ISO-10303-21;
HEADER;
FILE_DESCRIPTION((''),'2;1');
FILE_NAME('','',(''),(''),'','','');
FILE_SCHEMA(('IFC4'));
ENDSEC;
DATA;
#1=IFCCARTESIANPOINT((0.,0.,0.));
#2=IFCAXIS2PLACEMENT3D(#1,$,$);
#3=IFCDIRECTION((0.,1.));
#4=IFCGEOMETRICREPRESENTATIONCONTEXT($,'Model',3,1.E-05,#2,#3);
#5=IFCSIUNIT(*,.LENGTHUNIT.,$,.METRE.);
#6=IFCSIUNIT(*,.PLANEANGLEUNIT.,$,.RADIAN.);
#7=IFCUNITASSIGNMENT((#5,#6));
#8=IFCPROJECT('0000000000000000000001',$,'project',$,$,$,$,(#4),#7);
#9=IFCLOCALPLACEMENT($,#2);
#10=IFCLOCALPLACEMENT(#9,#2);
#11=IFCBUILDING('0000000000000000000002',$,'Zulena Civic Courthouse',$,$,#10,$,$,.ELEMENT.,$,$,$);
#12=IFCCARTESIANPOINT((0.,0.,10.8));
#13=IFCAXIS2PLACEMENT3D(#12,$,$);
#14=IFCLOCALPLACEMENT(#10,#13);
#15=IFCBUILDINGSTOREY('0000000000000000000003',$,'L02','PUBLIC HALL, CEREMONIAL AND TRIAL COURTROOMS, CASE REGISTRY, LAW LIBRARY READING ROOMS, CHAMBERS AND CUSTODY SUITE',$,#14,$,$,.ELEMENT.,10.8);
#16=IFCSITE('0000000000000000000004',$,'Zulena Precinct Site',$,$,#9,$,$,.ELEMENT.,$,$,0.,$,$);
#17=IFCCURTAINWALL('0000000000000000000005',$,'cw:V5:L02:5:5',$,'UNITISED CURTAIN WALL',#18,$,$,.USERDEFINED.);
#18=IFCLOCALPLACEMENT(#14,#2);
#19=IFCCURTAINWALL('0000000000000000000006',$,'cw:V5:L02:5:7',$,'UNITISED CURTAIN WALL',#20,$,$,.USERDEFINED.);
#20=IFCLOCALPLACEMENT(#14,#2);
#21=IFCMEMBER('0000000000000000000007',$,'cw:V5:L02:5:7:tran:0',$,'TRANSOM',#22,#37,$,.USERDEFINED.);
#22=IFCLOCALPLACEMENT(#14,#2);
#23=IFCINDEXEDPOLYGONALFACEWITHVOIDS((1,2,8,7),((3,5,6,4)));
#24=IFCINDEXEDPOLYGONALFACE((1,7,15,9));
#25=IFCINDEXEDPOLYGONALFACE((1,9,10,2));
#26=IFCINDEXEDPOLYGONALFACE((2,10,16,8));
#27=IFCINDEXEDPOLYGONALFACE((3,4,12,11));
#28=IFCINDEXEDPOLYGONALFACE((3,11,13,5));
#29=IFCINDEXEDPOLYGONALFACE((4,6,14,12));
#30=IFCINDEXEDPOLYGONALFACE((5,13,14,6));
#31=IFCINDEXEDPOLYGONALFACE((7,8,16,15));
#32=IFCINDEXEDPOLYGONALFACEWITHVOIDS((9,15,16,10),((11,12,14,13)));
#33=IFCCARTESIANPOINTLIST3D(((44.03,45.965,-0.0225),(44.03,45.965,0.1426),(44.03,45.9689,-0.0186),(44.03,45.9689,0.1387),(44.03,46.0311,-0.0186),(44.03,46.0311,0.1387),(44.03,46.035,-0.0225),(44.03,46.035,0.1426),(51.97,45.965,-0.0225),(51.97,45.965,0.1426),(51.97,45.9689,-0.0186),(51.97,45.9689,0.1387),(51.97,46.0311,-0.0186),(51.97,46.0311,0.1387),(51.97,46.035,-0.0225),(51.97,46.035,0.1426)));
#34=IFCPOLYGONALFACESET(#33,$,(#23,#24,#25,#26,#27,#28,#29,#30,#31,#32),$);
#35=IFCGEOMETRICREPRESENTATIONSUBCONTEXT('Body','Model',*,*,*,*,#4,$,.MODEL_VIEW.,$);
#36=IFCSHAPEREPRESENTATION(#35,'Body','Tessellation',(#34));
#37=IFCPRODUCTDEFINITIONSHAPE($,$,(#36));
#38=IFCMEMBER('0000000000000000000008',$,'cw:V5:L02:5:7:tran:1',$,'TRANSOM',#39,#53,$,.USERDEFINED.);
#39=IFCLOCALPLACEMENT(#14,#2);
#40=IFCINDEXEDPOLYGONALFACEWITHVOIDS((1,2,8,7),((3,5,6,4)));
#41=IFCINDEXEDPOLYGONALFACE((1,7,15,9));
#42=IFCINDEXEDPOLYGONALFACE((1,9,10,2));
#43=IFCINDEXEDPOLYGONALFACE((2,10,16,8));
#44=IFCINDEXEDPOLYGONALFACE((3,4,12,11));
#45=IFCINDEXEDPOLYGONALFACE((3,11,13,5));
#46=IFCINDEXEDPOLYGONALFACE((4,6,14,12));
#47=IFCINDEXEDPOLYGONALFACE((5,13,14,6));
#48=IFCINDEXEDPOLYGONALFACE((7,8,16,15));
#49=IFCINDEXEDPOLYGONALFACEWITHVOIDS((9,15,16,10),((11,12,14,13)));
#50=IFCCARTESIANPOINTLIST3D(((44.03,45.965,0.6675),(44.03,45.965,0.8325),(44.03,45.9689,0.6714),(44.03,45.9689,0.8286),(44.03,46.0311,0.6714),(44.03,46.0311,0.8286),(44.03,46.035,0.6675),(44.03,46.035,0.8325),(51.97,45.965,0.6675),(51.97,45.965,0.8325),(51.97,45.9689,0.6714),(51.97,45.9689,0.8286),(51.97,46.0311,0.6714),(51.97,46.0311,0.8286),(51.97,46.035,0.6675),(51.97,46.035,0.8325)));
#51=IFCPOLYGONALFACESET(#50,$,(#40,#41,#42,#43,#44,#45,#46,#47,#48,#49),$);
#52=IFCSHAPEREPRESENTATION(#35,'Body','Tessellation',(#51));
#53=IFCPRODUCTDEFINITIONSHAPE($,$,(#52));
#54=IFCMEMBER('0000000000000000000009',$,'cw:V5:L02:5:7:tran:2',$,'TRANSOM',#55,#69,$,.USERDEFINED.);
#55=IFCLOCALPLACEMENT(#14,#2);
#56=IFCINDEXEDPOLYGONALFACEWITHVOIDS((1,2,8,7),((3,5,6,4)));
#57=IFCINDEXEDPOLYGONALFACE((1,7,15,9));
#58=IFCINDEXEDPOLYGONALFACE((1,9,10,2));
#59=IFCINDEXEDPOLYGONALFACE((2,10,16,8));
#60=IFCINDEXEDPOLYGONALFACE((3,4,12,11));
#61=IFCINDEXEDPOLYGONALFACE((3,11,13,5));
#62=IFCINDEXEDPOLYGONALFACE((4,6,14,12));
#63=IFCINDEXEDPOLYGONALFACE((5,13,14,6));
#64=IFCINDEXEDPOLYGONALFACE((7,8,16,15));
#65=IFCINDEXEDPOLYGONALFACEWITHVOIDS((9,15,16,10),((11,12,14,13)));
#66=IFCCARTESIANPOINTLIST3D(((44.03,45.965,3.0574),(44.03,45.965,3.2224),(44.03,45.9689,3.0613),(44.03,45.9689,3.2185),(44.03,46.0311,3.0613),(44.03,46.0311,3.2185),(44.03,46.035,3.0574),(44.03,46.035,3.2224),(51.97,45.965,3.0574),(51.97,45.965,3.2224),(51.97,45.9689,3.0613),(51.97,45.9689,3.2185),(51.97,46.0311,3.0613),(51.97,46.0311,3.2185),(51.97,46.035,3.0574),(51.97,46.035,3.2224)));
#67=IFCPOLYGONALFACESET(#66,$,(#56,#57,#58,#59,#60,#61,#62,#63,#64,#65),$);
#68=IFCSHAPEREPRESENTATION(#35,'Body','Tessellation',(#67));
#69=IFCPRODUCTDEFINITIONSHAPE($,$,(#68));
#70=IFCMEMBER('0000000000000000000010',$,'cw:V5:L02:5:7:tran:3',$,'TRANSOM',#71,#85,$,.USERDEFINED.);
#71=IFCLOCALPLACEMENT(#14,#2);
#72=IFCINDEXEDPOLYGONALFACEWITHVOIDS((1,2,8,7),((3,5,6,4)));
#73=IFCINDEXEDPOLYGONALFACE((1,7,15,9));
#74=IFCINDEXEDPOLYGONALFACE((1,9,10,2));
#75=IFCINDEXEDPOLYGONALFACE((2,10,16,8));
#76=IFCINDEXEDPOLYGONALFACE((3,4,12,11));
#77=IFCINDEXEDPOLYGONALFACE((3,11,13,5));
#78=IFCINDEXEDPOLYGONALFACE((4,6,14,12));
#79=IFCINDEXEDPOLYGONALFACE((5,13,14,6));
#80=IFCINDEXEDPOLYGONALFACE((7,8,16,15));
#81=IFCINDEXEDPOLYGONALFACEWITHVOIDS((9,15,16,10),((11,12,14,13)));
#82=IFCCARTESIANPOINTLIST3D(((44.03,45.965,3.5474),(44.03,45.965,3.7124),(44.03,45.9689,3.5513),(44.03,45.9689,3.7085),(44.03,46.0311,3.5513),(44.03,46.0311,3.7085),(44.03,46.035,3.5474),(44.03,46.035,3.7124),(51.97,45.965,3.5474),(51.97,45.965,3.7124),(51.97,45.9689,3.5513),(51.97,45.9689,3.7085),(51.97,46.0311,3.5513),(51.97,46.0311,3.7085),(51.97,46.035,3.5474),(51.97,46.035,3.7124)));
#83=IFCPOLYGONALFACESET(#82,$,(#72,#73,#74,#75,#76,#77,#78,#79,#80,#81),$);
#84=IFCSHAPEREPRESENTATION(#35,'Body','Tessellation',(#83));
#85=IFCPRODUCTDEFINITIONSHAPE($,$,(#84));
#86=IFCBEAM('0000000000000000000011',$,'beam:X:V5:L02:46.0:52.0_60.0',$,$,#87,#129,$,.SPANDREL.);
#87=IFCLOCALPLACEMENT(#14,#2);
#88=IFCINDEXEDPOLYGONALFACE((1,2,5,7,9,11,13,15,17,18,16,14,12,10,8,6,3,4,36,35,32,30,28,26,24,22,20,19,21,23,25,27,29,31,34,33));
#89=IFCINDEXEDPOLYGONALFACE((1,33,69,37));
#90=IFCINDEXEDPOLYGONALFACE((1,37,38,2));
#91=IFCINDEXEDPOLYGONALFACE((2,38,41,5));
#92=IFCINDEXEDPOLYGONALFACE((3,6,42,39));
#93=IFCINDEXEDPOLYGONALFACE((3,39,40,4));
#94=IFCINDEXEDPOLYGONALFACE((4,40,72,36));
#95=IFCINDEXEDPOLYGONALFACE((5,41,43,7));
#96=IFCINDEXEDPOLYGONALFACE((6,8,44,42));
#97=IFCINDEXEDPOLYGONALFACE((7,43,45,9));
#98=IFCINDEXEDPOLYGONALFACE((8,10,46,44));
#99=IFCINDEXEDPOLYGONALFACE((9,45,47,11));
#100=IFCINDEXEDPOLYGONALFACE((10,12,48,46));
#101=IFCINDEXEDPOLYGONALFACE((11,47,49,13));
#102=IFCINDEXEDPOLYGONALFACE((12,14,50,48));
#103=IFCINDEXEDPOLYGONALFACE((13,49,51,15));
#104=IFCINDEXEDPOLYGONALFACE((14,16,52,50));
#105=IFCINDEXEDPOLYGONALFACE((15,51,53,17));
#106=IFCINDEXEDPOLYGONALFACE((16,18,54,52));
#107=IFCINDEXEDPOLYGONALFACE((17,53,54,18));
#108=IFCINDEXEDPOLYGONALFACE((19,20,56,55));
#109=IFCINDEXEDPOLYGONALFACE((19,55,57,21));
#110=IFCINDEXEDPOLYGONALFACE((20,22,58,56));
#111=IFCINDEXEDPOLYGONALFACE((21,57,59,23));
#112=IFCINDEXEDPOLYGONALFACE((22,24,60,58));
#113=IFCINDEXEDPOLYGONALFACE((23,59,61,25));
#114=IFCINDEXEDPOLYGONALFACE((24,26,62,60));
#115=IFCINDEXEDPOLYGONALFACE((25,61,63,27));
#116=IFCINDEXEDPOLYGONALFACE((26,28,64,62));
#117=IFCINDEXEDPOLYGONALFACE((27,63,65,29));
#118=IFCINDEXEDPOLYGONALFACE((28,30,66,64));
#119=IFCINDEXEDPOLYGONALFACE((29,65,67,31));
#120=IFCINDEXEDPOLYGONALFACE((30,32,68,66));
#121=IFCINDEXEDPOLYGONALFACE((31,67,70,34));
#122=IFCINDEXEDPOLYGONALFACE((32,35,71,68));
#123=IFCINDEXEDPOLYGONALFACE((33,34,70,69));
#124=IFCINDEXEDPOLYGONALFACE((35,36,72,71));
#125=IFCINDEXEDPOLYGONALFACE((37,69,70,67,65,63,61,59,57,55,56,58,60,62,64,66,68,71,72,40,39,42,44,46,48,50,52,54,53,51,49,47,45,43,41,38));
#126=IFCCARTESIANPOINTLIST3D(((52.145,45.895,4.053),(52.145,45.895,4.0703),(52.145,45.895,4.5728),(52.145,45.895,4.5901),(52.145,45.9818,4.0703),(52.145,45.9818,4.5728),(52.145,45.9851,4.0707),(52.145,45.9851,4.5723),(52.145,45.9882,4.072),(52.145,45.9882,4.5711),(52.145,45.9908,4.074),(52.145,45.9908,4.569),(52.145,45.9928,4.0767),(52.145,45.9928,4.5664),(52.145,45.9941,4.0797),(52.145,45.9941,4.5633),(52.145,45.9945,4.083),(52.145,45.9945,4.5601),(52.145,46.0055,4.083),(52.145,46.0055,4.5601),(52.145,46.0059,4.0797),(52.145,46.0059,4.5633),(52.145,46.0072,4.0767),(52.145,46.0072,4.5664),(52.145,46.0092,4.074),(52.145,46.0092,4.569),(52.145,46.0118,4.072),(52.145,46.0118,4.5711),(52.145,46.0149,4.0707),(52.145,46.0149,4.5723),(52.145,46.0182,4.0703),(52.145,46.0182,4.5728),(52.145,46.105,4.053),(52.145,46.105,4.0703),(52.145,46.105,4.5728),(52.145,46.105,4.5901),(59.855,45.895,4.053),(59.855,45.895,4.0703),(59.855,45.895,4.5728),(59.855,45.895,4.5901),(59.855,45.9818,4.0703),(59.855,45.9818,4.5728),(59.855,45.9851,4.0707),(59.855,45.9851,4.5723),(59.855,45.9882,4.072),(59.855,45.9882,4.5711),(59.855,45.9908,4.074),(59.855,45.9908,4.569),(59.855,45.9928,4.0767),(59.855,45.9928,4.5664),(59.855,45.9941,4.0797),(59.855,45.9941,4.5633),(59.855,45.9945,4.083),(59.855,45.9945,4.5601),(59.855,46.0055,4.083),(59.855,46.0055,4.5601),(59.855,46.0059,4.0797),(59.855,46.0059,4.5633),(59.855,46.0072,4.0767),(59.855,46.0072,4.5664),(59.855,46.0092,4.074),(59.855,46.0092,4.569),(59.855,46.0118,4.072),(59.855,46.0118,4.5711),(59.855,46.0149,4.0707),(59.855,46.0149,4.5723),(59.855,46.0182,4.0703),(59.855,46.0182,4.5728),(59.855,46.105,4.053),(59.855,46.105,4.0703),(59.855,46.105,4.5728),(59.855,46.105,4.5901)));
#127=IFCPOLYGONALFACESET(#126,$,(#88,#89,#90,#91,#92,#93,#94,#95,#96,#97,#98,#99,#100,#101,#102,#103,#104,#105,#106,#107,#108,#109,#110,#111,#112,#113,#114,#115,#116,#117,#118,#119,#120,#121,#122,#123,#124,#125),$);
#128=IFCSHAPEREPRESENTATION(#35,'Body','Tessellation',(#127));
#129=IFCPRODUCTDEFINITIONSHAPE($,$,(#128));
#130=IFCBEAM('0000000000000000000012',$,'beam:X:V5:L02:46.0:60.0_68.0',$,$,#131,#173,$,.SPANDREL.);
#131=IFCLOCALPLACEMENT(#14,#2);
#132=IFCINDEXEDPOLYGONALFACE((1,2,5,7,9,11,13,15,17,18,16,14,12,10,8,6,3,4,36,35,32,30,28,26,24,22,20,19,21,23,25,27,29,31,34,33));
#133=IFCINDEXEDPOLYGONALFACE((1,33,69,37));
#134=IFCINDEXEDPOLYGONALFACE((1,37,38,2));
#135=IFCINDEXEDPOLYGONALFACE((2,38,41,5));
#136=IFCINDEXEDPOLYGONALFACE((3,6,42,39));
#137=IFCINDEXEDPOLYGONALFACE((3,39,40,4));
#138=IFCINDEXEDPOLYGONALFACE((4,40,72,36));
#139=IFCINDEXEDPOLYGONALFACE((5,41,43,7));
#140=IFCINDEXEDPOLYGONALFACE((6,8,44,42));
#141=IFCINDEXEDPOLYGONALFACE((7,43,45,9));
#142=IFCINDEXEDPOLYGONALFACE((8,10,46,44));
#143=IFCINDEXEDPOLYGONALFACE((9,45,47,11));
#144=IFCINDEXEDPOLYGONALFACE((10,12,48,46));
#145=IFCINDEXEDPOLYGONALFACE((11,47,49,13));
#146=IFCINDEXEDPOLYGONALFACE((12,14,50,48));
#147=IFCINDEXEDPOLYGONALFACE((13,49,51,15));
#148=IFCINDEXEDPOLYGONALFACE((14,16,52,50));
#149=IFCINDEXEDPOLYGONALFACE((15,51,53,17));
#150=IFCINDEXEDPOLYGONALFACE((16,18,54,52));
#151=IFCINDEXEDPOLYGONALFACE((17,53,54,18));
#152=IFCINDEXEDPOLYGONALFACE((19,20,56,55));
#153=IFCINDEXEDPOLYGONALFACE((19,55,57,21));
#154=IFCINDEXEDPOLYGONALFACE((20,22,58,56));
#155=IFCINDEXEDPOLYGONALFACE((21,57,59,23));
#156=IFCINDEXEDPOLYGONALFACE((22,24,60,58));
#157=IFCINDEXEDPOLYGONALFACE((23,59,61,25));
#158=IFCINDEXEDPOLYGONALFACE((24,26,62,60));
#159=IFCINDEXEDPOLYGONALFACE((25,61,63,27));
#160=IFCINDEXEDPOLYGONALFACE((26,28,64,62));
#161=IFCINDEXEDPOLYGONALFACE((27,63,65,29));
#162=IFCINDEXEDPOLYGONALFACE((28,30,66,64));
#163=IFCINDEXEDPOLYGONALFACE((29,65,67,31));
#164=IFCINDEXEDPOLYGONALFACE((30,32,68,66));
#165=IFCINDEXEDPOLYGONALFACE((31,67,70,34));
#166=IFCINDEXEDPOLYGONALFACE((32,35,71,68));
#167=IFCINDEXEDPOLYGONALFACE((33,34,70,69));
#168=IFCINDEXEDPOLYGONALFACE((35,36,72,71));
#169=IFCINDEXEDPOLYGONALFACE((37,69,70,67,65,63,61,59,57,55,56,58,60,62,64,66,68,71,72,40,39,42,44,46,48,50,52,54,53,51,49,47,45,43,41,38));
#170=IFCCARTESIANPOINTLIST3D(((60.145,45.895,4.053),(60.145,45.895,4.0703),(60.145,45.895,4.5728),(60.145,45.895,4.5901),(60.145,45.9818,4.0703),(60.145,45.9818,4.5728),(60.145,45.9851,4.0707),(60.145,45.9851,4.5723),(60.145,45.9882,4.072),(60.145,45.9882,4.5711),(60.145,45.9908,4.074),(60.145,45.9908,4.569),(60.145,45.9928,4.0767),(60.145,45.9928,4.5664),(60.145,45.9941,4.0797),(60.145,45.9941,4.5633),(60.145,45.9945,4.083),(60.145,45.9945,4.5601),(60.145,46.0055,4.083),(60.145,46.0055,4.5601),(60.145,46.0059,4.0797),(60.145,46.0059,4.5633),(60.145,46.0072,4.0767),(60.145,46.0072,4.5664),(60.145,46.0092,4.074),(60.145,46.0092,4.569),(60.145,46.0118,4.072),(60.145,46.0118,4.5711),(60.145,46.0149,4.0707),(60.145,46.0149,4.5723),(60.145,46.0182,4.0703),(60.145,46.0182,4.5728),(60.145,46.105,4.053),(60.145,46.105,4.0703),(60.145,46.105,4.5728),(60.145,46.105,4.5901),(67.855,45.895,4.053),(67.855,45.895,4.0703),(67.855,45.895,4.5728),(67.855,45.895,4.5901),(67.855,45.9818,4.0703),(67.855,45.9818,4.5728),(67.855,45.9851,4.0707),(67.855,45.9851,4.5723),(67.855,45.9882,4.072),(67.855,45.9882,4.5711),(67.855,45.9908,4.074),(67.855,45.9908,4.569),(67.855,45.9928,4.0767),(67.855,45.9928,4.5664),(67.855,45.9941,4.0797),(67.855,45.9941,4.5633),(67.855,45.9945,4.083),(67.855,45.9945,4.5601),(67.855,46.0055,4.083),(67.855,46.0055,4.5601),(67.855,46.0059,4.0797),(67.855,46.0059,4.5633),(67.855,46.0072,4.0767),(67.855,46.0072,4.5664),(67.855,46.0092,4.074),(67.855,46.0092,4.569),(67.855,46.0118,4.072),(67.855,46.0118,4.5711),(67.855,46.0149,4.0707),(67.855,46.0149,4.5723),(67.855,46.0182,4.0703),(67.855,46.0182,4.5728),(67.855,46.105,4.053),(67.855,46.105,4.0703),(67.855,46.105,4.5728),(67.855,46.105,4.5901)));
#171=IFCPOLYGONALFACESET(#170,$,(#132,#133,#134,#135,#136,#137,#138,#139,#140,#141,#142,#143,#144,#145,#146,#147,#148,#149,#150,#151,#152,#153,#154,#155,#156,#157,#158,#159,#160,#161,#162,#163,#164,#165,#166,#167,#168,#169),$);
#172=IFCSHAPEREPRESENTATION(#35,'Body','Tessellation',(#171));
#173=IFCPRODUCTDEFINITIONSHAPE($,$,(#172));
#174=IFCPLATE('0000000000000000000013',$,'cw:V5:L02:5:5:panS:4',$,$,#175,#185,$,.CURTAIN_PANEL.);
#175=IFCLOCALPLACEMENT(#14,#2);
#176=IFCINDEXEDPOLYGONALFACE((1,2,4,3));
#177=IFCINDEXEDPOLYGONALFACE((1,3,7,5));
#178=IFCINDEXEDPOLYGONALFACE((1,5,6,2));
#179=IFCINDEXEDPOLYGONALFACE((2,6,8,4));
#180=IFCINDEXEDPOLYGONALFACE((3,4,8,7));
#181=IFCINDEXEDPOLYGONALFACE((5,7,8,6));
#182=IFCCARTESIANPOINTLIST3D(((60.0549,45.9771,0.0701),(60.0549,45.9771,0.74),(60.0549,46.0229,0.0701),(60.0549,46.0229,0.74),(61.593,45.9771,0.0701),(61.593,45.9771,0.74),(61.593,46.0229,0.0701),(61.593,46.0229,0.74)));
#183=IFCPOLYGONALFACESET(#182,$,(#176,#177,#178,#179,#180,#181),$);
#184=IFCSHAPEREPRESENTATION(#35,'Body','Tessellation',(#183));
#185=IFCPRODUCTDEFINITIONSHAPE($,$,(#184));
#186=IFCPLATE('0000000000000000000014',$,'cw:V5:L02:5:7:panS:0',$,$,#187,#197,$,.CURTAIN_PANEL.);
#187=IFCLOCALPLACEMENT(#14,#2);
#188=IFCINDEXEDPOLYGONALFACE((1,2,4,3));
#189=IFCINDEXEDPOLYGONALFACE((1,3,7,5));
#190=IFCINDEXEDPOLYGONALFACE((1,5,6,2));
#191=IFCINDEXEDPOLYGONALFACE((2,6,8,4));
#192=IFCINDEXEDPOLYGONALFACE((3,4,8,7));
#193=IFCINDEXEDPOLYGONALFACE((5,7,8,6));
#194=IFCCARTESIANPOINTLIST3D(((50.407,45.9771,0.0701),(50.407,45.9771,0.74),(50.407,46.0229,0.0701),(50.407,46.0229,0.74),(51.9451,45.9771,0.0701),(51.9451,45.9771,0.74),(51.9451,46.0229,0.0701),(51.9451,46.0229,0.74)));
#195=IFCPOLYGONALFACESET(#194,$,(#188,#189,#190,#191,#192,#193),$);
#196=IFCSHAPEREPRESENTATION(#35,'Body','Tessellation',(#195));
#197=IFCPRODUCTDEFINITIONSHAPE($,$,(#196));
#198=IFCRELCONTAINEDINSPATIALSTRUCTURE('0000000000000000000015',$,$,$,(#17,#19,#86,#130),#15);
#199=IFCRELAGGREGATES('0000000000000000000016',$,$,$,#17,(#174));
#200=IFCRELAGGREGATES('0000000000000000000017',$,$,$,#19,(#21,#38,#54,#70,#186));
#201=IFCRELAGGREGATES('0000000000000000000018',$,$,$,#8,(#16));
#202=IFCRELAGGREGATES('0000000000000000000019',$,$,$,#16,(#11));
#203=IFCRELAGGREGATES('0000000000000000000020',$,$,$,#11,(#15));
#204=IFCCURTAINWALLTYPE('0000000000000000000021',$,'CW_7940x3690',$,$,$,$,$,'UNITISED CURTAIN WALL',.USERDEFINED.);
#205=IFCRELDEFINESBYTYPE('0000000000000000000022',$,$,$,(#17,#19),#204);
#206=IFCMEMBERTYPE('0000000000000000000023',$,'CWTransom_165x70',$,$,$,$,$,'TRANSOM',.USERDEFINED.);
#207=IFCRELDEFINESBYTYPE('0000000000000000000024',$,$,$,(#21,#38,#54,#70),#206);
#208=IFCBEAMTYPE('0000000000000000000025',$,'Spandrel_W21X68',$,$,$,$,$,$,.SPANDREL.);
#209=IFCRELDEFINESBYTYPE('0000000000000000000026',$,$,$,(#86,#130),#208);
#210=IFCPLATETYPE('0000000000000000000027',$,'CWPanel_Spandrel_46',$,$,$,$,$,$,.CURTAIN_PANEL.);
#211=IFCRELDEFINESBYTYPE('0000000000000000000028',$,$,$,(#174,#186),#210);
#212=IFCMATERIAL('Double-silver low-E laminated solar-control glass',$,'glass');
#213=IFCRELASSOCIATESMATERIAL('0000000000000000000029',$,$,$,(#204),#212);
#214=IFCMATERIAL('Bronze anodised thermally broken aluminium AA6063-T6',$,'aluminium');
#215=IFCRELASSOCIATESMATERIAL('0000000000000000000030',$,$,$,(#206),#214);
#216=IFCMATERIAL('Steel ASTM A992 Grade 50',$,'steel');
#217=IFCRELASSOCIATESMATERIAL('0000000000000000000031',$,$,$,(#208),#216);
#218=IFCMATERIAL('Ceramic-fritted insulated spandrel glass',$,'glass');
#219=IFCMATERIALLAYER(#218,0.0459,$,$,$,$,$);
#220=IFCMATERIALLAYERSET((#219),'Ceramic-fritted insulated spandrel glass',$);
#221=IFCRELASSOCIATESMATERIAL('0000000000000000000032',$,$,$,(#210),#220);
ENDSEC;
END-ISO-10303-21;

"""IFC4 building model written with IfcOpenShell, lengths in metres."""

from ifc_helpers import new_model, si_unit, direction, frame, origin, origin_2d, place, context, subcontext, project, spatial, rectangle, hollow_rectangle, i_section, extrude, material, layer, layer_set, material_profile, profile_set, type_object, element, aggregate, save


model = new_model("IFC4")

# Units and contexts
model_context = context("Model", 3, precision=1e-05, world=origin(), true_north=direction((0.0, 1.0)))
body_context = subcontext(model_context, "Body", "Model", "MODEL_VIEW")
ifc_project = project(units=[si_unit("LENGTHUNIT", "METRE"), si_unit("PLANEANGLEUNIT", "RADIAN")], contexts=[model_context])

# Site, building, storey
site_placement = place(None, origin())
site = spatial("IfcSite", under=ifc_project, at=site_placement, Name="Zulena Precinct Site", CompositionType="ELEMENT", RefElevation=0.0)
building_placement = place(site_placement, origin())
building = spatial("IfcBuilding", under=site, at=building_placement, Name="Zulena Civic Courthouse", CompositionType="ELEMENT")
storey_placement = place(building_placement, frame((0.0, 0.0, 10.8)))
storey = spatial("IfcBuildingStorey", under=building, at=storey_placement, Name="L02", Description="PUBLIC HALL, CEREMONIAL AND TRIAL COURTROOMS, CASE REGISTRY, LAW LIBRARY READING ROOMS, CHAMBERS AND CUSTODY SUITE", CompositionType="ELEMENT", Elevation=10.8)

# Shared definitions
ifc_material_1 = material(Name="Steel ASTM A992 Grade 50", Category="steel")

# Curtain walls, members
ifc_material_2 = material(Name="Double-silver low-E laminated solar-control glass", Category="glass")
curtain_wall_type = type_object("IfcCurtainWallType", Name="CW_7940x3690", ElementType="UNITISED CURTAIN WALL", PredefinedType="USERDEFINED", material=ifc_material_2)
curtain_wall_1_placement = place(storey_placement, origin())
curtain_wall_1 = element("IfcCurtainWall", 1, at=curtain_wall_1_placement, inside=storey, type_object=curtain_wall_type, Name="cw:V5:L02:5:5", ObjectType="UNITISED CURTAIN WALL", PredefinedType="USERDEFINED")
ifc_material_3 = material(Name="Bronze anodised thermally broken aluminium AA6063-T6", Category="aluminium")
curtain_wall_2_placement = place(storey_placement, origin())
curtain_wall_2 = element("IfcCurtainWall", 2, at=curtain_wall_2_placement, inside=storey, type_object=curtain_wall_type, Name="cw:V5:L02:5:7", ObjectType="UNITISED CURTAIN WALL", PredefinedType="USERDEFINED")
ifc_material_profile_1 = material_profile(ifc_material_3, hollow_rectangle(XDim=0.0701, YDim=0.165, WallThickness=0.0039, at=origin_2d()), Name="CWT165X70X4")
ifc_profile_set_1 = profile_set([ifc_material_profile_1], Name="Bronze anodised thermally broken aluminium AA6063-T6")
member_type_1 = type_object("IfcMemberType", Name="CWTransom_165x70", ElementType="TRANSOM", PredefinedType="USERDEFINED", material=ifc_profile_set_1)
member_1_placement = place(storey_placement, frame((51.97, 46.0, 0.0601), z_axis=(-1.0, 0.0, 0.0), x_axis=(0.0, -1.0, 0.0)))
member_1 = element("IfcMember", 3, at=member_1_placement, type_object=member_type_1, Name="cw:V5:L02:5:7:tran:0", ObjectType="TRANSOM", PredefinedType="USERDEFINED", context=body_context, shape_type="SweptSolid", body=[
    extrude(hollow_rectangle(XDim=0.0701, YDim=0.165, WallThickness=0.0039, at=origin_2d()), origin(), (0.0, 0.0, 1.0), 7.9399),
])
member_2_placement = place(storey_placement, frame((51.97, 46.0, 0.75), z_axis=(-1.0, 0.0, 0.0), x_axis=(0.0, -1.0, 0.0)))
member_2 = element("IfcMember", 4, at=member_2_placement, type_object=member_type_1, Name="cw:V5:L02:5:7:tran:1", ObjectType="TRANSOM", PredefinedType="USERDEFINED", context=body_context, shape_type="SweptSolid", body=[
    extrude(hollow_rectangle(XDim=0.0701, YDim=0.165, WallThickness=0.0039, at=origin_2d()), origin(), (0.0, 0.0, 1.0), 7.9399),
])
member_3_placement = place(storey_placement, frame((51.97, 46.0, 3.1399), z_axis=(-1.0, 0.0, 0.0), x_axis=(0.0, -1.0, 0.0)))
member_3 = element("IfcMember", 5, at=member_3_placement, type_object=member_type_1, Name="cw:V5:L02:5:7:tran:2", ObjectType="TRANSOM", PredefinedType="USERDEFINED", context=body_context, shape_type="SweptSolid", body=[
    extrude(hollow_rectangle(XDim=0.0701, YDim=0.165, WallThickness=0.0039, at=origin_2d()), origin(), (0.0, 0.0, 1.0), 7.9399),
])
member_4_placement = place(storey_placement, frame((51.97, 46.0, 3.6299), z_axis=(-1.0, 0.0, 0.0), x_axis=(0.0, -1.0, 0.0)))
member_4 = element("IfcMember", 6, at=member_4_placement, type_object=member_type_1, Name="cw:V5:L02:5:7:tran:3", ObjectType="TRANSOM", PredefinedType="USERDEFINED", context=body_context, shape_type="SweptSolid", body=[
    extrude(hollow_rectangle(XDim=0.0701, YDim=0.165, WallThickness=0.0039, at=origin_2d()), origin(), (0.0, 0.0, 1.0), 7.9399),
])

# Beams
ifc_material_profile_2 = material_profile(ifc_material_1, i_section(OverallWidth=0.21, OverallDepth=0.5371, WebThickness=0.011, FlangeThickness=0.0173, FilletRadius=0.0127, at=origin_2d()), Name="W21X68")
ifc_profile_set_2 = profile_set([ifc_material_profile_2], Name="Steel ASTM A992 Grade 50")
beam_type_1 = type_object("IfcBeamType", Name="Spandrel_W21X68", PredefinedType="SPANDREL", material=ifc_profile_set_2)
for number, where, z_axis, x_axis, name in (
    (7, (52.145, 46.0, 4.3215), (1.0, 0.0, 0.0), (0.0, 1.0, 0.0), "beam:X:V5:L02:46.0:52.0_60.0"),
    (8, (60.145, 46.0, 4.3215), (1.0, 0.0, 0.0), (0.0, 1.0, 0.0), "beam:X:V5:L02:46.0:60.0_68.0"),
):
    element("IfcBeam", number, at=place(storey_placement, frame(where, z_axis=z_axis, x_axis=x_axis)), inside=storey, type_object=beam_type_1, Name=name, PredefinedType="SPANDREL", context=body_context, shape_type="SweptSolid", body=[
        extrude(i_section(OverallWidth=0.21, OverallDepth=0.5371, WebThickness=0.011, FlangeThickness=0.0173, FilletRadius=0.0127, at=origin_2d()), origin(), (0.0, 0.0, 1.0), 7.71),
    ])

# Plates
ifc_material_4 = material(Name="Ceramic-fritted insulated spandrel glass", Category="glass")
ifc_layer_1 = layer(ifc_material_4, 0.0459)
ifc_layer_set_1 = layer_set([ifc_layer_1], Name="Ceramic-fritted insulated spandrel glass")
plate_type_1 = type_object("IfcPlateType", Name="CWPanel_Spandrel_46", PredefinedType="CURTAIN_PANEL", material=ifc_layer_set_1)
plate_1_placement = place(storey_placement, frame((60.824, 46.0, 0.0701), z_axis=(0.0, 0.0, 1.0), x_axis=(-1.0, 0.0, 0.0)))
plate_1 = element("IfcPlate", 9, at=plate_1_placement, type_object=plate_type_1, Name="cw:V5:L02:5:5:panS:4", PredefinedType="CURTAIN_PANEL", context=body_context, shape_type="SweptSolid", body=[
    extrude(rectangle(XDim=1.5381, YDim=0.0459, at=origin_2d()), origin(), (0.0, 0.0, 1.0), 0.6699),
])
plate_2_placement = place(storey_placement, frame((51.176, 46.0, 0.0701), z_axis=(0.0, 0.0, 1.0), x_axis=(-1.0, 0.0, 0.0)))
plate_2 = element("IfcPlate", 10, at=plate_2_placement, type_object=plate_type_1, Name="cw:V5:L02:5:7:panS:0", PredefinedType="CURTAIN_PANEL", context=body_context, shape_type="SweptSolid", body=[
    extrude(rectangle(XDim=1.5381, YDim=0.0459, at=origin_2d()), origin(), (0.0, 0.0, 1.0), 0.6699),
])
aggregate(curtain_wall_1, [plate_1])
aggregate(curtain_wall_2, [member_1, member_2, member_3, member_4, plate_2])

save(model, "model.ifc")
